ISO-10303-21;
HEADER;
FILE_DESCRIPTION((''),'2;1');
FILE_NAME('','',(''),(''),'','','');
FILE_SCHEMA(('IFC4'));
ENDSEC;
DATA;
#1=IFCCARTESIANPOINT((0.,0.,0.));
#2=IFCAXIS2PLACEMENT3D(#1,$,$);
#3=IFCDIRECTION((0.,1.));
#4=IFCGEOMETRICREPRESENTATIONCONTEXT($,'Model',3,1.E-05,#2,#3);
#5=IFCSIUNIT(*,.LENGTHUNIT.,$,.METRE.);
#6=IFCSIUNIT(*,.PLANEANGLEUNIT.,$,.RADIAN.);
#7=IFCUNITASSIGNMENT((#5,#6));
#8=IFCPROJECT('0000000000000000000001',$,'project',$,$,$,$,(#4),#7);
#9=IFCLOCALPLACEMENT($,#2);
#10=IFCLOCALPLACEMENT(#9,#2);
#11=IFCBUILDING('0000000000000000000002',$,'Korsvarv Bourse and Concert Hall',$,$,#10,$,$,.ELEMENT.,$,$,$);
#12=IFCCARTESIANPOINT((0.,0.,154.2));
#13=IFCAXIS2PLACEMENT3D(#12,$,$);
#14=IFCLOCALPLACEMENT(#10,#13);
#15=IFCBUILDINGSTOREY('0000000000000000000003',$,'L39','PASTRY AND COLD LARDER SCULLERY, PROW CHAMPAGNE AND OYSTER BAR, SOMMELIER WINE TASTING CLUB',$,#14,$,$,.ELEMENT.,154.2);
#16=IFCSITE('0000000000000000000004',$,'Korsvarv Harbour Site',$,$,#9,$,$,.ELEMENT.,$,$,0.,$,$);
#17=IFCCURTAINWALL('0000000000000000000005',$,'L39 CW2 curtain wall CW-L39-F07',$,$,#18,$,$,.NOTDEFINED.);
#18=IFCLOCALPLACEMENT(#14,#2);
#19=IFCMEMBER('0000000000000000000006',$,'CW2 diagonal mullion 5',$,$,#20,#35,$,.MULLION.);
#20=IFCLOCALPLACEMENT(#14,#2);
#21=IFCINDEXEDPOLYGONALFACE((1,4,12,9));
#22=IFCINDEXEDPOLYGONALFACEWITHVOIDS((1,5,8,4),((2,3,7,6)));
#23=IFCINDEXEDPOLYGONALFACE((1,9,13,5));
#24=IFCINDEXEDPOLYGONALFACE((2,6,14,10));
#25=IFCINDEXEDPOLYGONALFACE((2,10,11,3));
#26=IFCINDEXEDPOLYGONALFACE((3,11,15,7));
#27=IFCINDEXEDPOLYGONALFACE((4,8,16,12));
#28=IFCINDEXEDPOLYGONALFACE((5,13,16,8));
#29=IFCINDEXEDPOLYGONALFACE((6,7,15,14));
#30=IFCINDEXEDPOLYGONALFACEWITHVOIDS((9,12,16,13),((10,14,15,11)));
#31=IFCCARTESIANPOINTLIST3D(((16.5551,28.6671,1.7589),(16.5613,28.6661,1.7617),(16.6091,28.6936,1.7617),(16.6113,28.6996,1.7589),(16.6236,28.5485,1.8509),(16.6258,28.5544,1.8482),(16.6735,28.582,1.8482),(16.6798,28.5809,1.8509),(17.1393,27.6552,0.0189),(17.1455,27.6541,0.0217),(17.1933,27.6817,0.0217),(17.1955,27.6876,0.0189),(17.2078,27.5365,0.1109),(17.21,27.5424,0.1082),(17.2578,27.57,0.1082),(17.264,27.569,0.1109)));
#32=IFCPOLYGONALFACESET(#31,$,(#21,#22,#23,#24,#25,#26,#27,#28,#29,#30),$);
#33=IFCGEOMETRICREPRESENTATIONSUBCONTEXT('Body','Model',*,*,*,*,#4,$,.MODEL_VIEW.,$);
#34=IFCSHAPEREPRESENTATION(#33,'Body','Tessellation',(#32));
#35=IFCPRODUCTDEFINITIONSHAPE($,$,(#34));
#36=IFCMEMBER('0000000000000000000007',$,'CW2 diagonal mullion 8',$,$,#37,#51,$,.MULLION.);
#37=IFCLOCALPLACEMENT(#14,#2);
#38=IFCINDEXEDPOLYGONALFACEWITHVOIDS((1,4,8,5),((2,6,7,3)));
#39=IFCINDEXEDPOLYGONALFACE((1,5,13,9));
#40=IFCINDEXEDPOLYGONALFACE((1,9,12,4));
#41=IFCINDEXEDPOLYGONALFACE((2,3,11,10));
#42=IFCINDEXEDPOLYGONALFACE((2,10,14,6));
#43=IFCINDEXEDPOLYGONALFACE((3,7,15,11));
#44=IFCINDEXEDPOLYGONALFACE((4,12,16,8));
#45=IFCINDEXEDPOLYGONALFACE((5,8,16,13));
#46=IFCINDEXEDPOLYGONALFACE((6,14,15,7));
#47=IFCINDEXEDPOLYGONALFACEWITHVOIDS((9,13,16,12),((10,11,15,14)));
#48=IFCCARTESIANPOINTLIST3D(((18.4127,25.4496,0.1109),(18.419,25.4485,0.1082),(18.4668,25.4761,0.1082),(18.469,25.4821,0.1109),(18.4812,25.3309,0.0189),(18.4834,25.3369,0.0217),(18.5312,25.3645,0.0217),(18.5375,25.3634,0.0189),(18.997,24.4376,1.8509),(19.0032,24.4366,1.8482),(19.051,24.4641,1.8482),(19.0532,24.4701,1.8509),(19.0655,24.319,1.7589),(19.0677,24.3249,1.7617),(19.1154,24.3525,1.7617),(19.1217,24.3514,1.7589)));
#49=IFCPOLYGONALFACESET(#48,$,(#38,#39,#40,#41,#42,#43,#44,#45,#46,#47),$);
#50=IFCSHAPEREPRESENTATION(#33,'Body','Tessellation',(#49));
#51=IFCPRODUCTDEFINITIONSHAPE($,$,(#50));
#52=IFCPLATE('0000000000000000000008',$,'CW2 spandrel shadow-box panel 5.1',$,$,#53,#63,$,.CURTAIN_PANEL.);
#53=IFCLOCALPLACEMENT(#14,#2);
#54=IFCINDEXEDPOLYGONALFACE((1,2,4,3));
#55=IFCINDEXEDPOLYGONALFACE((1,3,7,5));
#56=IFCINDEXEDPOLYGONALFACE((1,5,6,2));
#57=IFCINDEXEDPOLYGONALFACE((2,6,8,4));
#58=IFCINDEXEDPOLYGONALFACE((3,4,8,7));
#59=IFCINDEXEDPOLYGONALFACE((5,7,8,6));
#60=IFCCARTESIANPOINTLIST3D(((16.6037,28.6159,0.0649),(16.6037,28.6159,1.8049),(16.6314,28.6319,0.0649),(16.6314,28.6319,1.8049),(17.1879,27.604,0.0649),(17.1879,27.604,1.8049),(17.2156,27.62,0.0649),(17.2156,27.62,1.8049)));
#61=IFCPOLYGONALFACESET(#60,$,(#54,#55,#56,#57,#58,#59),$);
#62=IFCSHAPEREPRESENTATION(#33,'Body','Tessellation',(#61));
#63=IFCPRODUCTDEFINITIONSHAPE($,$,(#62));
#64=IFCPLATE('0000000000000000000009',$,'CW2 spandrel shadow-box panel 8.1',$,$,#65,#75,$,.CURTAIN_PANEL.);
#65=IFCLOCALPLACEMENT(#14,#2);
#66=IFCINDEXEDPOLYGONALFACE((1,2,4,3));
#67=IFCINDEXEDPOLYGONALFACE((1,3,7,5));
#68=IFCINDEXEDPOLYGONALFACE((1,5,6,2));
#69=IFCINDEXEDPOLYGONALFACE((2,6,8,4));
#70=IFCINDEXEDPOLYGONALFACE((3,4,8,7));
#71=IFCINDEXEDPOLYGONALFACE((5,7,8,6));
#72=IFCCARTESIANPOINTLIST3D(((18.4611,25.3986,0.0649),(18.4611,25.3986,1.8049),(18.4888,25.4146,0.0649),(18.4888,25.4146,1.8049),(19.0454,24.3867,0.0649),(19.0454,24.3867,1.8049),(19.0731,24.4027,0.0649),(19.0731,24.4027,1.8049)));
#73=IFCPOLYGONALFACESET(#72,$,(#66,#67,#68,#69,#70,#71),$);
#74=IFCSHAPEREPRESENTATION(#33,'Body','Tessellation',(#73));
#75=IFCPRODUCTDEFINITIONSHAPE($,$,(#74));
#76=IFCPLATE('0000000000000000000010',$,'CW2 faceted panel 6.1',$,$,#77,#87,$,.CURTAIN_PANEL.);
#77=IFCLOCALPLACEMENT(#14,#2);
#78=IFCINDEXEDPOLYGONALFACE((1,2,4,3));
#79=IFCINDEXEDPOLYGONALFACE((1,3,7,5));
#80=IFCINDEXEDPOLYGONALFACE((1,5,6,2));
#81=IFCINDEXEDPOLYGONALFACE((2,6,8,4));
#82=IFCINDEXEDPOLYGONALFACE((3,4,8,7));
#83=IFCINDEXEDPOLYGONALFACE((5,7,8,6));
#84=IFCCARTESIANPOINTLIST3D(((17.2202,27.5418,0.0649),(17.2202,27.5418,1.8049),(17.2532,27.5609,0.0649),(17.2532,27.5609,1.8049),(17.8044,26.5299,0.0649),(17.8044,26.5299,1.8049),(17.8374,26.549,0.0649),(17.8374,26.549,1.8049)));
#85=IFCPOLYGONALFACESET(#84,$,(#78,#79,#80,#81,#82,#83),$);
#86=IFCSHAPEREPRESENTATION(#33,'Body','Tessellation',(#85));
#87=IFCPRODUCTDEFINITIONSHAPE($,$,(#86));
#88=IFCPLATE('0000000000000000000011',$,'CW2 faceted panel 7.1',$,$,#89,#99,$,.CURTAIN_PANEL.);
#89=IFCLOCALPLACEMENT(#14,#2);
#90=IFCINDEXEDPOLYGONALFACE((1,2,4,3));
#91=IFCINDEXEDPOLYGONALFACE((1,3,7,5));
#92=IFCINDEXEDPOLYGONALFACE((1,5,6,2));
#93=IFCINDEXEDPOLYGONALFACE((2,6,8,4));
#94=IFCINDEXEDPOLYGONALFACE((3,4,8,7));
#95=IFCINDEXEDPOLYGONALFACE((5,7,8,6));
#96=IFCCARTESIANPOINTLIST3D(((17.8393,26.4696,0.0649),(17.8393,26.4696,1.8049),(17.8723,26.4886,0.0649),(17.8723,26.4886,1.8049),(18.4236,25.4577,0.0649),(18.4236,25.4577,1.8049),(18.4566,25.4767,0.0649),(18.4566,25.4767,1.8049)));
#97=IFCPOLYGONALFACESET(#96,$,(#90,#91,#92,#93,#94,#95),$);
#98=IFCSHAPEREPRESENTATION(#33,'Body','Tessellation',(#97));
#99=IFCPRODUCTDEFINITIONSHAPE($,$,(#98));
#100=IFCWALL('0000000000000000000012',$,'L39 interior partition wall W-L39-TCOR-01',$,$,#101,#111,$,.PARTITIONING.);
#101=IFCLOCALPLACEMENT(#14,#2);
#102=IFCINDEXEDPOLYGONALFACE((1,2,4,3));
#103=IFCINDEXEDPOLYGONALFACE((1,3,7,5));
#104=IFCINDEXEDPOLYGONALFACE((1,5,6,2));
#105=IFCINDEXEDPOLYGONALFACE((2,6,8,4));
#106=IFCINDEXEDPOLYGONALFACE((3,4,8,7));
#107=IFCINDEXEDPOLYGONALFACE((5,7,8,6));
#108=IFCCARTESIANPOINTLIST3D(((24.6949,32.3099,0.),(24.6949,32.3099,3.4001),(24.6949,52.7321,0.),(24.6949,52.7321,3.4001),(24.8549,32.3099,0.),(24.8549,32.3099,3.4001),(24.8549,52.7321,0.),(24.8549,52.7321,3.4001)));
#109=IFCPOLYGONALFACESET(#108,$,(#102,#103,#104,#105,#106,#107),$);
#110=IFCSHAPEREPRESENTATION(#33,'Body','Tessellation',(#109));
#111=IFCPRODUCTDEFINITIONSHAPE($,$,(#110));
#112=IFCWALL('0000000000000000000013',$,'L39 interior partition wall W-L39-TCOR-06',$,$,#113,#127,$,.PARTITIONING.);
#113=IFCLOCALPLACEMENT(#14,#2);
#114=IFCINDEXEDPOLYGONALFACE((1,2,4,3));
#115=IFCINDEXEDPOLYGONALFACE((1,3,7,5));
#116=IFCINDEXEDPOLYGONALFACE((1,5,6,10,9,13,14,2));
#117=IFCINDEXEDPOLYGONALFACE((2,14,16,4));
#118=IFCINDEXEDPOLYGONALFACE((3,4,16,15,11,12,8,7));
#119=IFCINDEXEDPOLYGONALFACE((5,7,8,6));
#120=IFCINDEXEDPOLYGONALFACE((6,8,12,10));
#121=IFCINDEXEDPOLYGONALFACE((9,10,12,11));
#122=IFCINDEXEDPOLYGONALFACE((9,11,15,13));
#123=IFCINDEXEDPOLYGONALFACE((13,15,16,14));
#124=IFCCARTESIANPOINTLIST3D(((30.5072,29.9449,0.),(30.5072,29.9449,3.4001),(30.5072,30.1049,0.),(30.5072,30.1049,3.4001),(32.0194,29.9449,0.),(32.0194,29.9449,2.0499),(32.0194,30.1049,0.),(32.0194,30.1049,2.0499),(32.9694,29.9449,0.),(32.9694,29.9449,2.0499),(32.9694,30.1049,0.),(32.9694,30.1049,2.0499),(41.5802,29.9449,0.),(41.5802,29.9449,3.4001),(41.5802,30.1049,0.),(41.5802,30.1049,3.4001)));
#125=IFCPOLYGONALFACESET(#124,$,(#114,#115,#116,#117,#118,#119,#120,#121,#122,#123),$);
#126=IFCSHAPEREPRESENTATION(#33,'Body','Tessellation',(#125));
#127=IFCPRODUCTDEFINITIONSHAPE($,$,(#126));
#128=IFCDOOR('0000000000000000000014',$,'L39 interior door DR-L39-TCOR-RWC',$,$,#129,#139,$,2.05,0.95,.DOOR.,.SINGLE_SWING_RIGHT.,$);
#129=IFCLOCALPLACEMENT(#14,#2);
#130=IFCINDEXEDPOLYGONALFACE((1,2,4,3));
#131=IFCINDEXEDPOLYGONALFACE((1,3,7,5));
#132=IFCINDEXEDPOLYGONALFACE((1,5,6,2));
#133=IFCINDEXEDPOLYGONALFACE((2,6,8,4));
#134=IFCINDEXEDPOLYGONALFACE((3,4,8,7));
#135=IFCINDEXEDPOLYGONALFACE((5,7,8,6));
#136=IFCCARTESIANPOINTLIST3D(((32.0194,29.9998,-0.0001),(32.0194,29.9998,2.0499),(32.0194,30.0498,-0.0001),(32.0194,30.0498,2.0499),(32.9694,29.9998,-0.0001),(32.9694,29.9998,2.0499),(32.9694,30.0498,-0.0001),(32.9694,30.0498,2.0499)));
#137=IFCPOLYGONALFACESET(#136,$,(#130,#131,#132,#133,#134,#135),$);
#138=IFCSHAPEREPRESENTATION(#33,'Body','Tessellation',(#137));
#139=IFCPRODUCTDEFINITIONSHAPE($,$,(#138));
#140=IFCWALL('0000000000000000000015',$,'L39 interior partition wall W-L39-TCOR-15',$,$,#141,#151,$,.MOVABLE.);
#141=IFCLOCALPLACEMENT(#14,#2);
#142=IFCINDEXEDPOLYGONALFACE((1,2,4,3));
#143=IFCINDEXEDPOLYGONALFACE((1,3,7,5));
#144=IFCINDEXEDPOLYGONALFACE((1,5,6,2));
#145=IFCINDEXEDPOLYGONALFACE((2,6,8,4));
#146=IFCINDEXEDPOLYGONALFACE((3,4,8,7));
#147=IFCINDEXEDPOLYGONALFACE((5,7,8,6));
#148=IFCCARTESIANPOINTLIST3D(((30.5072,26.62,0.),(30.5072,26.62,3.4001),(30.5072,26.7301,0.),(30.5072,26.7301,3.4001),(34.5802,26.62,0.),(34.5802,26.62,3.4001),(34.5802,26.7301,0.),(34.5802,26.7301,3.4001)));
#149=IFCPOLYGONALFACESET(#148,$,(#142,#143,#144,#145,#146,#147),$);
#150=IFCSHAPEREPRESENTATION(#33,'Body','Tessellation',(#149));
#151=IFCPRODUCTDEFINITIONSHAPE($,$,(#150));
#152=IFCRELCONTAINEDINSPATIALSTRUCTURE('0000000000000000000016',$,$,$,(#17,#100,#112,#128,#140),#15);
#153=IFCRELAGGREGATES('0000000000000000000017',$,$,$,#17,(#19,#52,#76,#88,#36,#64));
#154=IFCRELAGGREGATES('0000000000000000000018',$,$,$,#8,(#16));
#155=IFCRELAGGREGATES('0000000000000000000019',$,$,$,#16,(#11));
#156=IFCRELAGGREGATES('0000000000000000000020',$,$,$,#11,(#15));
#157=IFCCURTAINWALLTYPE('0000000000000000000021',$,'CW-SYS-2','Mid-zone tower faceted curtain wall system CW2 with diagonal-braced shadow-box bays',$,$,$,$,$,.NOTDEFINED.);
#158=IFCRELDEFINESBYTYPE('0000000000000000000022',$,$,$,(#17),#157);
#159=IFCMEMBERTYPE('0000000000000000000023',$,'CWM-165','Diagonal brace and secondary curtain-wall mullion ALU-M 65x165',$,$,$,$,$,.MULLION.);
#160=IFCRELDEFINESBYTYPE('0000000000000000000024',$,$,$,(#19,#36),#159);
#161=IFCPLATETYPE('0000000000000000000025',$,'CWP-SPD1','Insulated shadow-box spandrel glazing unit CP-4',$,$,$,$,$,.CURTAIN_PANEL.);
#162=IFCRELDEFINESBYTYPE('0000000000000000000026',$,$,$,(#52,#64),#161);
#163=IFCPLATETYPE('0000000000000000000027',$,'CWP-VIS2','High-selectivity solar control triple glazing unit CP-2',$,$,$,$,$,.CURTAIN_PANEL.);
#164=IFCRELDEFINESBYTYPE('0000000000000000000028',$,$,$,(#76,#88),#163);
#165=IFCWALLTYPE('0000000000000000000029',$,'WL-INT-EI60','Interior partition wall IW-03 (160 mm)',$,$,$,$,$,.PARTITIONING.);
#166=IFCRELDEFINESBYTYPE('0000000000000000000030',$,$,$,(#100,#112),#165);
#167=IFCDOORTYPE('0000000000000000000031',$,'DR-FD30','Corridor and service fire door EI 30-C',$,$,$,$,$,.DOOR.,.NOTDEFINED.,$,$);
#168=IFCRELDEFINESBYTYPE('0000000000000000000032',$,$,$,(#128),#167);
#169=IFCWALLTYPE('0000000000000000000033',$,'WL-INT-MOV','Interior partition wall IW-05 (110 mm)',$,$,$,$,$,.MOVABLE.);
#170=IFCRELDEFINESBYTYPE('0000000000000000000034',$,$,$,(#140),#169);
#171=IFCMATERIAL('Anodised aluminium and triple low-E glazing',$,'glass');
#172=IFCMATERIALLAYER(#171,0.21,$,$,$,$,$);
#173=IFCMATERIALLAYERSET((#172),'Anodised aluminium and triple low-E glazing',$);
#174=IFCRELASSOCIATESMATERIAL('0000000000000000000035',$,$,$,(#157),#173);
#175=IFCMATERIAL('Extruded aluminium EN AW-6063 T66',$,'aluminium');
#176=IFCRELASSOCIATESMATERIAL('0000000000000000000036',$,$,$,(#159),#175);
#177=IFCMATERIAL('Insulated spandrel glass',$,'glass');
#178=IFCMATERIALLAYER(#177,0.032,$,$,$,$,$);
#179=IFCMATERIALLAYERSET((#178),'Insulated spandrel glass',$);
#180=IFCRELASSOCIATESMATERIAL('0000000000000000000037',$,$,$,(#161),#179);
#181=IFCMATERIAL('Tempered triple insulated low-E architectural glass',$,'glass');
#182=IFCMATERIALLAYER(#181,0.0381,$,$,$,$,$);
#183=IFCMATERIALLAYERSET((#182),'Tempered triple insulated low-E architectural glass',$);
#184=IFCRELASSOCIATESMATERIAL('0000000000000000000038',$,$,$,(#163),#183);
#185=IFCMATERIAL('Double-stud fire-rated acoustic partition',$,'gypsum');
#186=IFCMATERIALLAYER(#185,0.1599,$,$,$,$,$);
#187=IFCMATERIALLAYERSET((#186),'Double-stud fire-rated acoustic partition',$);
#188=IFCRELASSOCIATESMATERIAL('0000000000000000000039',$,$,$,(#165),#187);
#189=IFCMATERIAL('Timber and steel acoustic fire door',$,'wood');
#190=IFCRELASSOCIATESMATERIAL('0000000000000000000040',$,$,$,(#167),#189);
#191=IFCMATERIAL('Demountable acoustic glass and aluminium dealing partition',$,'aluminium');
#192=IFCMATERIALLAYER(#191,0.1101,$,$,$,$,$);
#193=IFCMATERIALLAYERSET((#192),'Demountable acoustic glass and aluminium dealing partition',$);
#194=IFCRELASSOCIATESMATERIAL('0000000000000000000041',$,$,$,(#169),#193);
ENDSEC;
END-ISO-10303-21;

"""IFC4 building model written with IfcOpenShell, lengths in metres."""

from ifc_helpers import new_model, si_unit, direction, frame, frame_2d, origin, origin_2d, place, context, subcontext, project, spatial, rectangle, hollow_rectangle, extrude, source, transform, mapped, material, layer, layer_set, material_profile, profile_set, type_object, element, fill, aggregate, save


model = new_model("IFC4")

# Units and contexts
model_context = context("Model", 3, precision=1e-05, world=origin(), true_north=direction((0.0, 1.0)))
body_context = subcontext(model_context, "Body", "Model", "MODEL_VIEW")
ifc_project = project(units=[si_unit("LENGTHUNIT", "METRE"), si_unit("PLANEANGLEUNIT", "RADIAN")], contexts=[model_context])

# Site, building, storey
site_placement = place(None, origin())
site = spatial("IfcSite", under=ifc_project, at=site_placement, Name="Korsvarv Harbour Site", CompositionType="ELEMENT", RefElevation=0.0)
building_placement = place(site_placement, origin())
building = spatial("IfcBuilding", under=site, at=building_placement, Name="Korsvarv Bourse and Concert Hall", CompositionType="ELEMENT")
storey_placement = place(building_placement, frame((0.0, 0.0, 154.2)))
storey = spatial("IfcBuildingStorey", under=building, at=storey_placement, Name="L39", Description="PASTRY AND COLD LARDER SCULLERY, PROW CHAMPAGNE AND OYSTER BAR, SOMMELIER WINE TASTING CLUB", CompositionType="ELEMENT", Elevation=154.2)

# Curtain wall, members, plates
ifc_material_1 = material(Name="Anodised aluminium and triple low-E glazing", Category="glass")
ifc_layer_1 = layer(ifc_material_1, 0.21)
ifc_layer_set_1 = layer_set([ifc_layer_1], Name="Anodised aluminium and triple low-E glazing")
curtain_wall_type = type_object("IfcCurtainWallType", Name="CW-SYS-2", Description="Mid-zone tower faceted curtain wall system CW2 with diagonal-braced shadow-box bays", PredefinedType="NOTDEFINED", material=ifc_layer_set_1)
curtain_wall_placement = place(storey_placement, origin())
curtain_wall = element("IfcCurtainWall", 1, at=curtain_wall_placement, inside=storey, type_object=curtain_wall_type, Name="L39 CW2 curtain wall CW-L39-F07", PredefinedType="NOTDEFINED")
ifc_material_2 = material(Name="Extruded aluminium EN AW-6063 T66", Category="aluminium")
ifc_material_profile_1 = material_profile(ifc_material_2, hollow_rectangle(XDim=0.0649, YDim=0.165, WallThickness=0.0049, at=origin_2d()), Name="ALU-M 65x165")
ifc_profile_set_1 = profile_set([ifc_material_profile_1], Name="Extruded aluminium EN AW-6063 T66")
member_type_1 = type_object("IfcMemberType", Name="CWM-165", Description="Diagonal brace and secondary curtain-wall mullion ALU-M 65x165", PredefinedType="MULLION", material=ifc_profile_set_1)
shared_shape_1 = source(origin(), body_context, "Body", "SweptSolid", [
    extrude(hollow_rectangle(XDim=0.0649, YDim=0.165, WallThickness=0.0049, at=origin_2d()), origin(), (0.0, 0.0, 1.0), 2.0959),
])
member_1_placement = place(storey_placement, frame((17.2017, 27.6121, 0.0649), z_axis=(-0.278743, 0.482821, 0.830172), x_axis=(-0.866036, -0.499982, 0.0)))
member_1 = element("IfcMember", 2, at=member_1_placement, type_object=member_type_1, Name="CW2 diagonal mullion 5", PredefinedType="MULLION", context=body_context, shape_type="MappedRepresentation", body=[
    mapped(shared_shape_1, transform((0.0, 0.0, 0.0), scale=1.0)),
])
member_2_placement = place(storey_placement, frame((18.4751, 25.4065, 0.0649), z_axis=(0.278743, -0.482821, 0.830172), x_axis=(0.866036, 0.499982, 0.0)))
member_2 = element("IfcMember", 3, at=member_2_placement, type_object=member_type_1, Name="CW2 diagonal mullion 8", PredefinedType="MULLION", context=body_context, shape_type="MappedRepresentation", body=[
    mapped(shared_shape_1, transform((0.0, 0.0, 0.0), scale=1.0)),
])
ifc_material_3 = material(Name="Insulated spandrel glass", Category="glass")
ifc_layer_2 = layer(ifc_material_3, 0.032)
ifc_layer_set_2 = layer_set([ifc_layer_2], Name="Insulated spandrel glass")
plate_type_1 = type_object("IfcPlateType", Name="CWP-SPD1", Description="Insulated shadow-box spandrel glazing unit CP-4", PredefinedType="CURTAIN_PANEL", material=ifc_layer_set_2)
shared_shape_2 = source(origin(), body_context, "Body", "SweptSolid", [
    extrude(rectangle(XDim=1.1685, YDim=0.032, at=origin_2d()), origin(), (0.0, 0.0, 1.0), 1.74),
])
plate_1_placement = place(storey_placement, frame((16.9097, 28.1179, 0.0649), z_axis=(0.0, 0.0, 1.0), x_axis=(0.500006, -0.866022, 0.0)))
plate_1 = element("IfcPlate", 4, at=plate_1_placement, type_object=plate_type_1, Name="CW2 spandrel shadow-box panel 5.1", PredefinedType="CURTAIN_PANEL", context=body_context, shape_type="MappedRepresentation", body=[
    mapped(shared_shape_2, transform((0.0, 0.0, 0.0), scale=1.0)),
])
plate_2_placement = place(storey_placement, frame((18.7671, 24.9006, 0.0649), z_axis=(0.0, 0.0, 1.0), x_axis=(0.500006, -0.866022, 0.0)))
plate_2 = element("IfcPlate", 5, at=plate_2_placement, type_object=plate_type_1, Name="CW2 spandrel shadow-box panel 8.1", PredefinedType="CURTAIN_PANEL", context=body_context, shape_type="MappedRepresentation", body=[
    mapped(shared_shape_2, transform((0.0, 0.0, 0.0), scale=1.0)),
])
ifc_material_4 = material(Name="Tempered triple insulated low-E architectural glass", Category="glass")
ifc_layer_3 = layer(ifc_material_4, 0.0381)
ifc_layer_set_3 = layer_set([ifc_layer_3], Name="Tempered triple insulated low-E architectural glass")
plate_type_2 = type_object("IfcPlateType", Name="CWP-VIS2", Description="High-selectivity solar control triple glazing unit CP-2", PredefinedType="CURTAIN_PANEL", material=ifc_layer_set_3)
shared_shape_3 = source(origin(), body_context, "Body", "SweptSolid", [
    extrude(rectangle(XDim=1.1685, YDim=0.0381, at=origin_2d()), origin(), (0.0, 0.0, 1.0), 1.74),
])
plate_3_placement = place(storey_placement, frame((17.5288, 27.0454, 0.0649), z_axis=(0.0, 0.0, 1.0), x_axis=(0.500006, -0.866022, 0.0)))
plate_3 = element("IfcPlate", 6, at=plate_3_placement, type_object=plate_type_2, Name="CW2 faceted panel 6.1", PredefinedType="CURTAIN_PANEL", context=body_context, shape_type="MappedRepresentation", body=[
    mapped(shared_shape_3, transform((0.0, 0.0, 0.0), scale=1.0)),
])
plate_4_placement = place(storey_placement, frame((18.1479, 25.9731, 0.0649), z_axis=(0.0, 0.0, 1.0), x_axis=(0.500006, -0.866022, 0.0)))
plate_4 = element("IfcPlate", 7, at=plate_4_placement, type_object=plate_type_2, Name="CW2 faceted panel 7.1", PredefinedType="CURTAIN_PANEL", context=body_context, shape_type="MappedRepresentation", body=[
    mapped(shared_shape_3, transform((0.0, 0.0, 0.0), scale=1.0)),
])
aggregate(curtain_wall, [member_1, plate_1, plate_3, plate_4, member_2, plate_2])

# Wall
ifc_material_5 = material(Name="Double-stud fire-rated acoustic partition", Category="gypsum")
ifc_layer_4 = layer(ifc_material_5, 0.1599)
ifc_layer_set_4 = layer_set([ifc_layer_4], Name="Double-stud fire-rated acoustic partition")
wall_type_1 = type_object("IfcWallType", Name="WL-INT-EI60", Description="Interior partition wall IW-03 (160 mm)", PredefinedType="PARTITIONING", material=ifc_layer_set_4)
wall_1_placement = place(storey_placement, frame((24.7749, 32.3101, 0.0), z_axis=(0.0, 0.0, 1.0), x_axis=(0.0, 1.0, 0.0)))
element("IfcWall", 8, at=wall_1_placement, inside=storey, type_object=wall_type_1, Name="L39 interior partition wall W-L39-TCOR-01", PredefinedType="PARTITIONING", context=body_context, shape_type="SweptSolid", body=[
    extrude(rectangle(XDim=20.4221, YDim=0.1599, at=frame_2d((10.2109, 0.0))), origin(), (0.0, 0.0, 1.0), 3.4001),
])

# Wall, opening, door
wall_2_placement = place(storey_placement, frame((30.5071, 30.0249, 0.0), z_axis=(0.0, 0.0, 1.0), x_axis=(1.0, 0.0, 0.0)))
wall_2 = element("IfcWall", 9, at=wall_2_placement, inside=storey, type_object=wall_type_1, Name="L39 interior partition wall W-L39-TCOR-06", PredefinedType="PARTITIONING", context=body_context, shape_type="SweptSolid", body=[
    extrude(rectangle(XDim=11.073, YDim=0.1599, at=frame_2d((5.5366, 0.0))), origin(), (0.0, 0.0, 1.0), 3.4001),
])
opening_placement = place(wall_2_placement, frame((1.5122, 0.0, 0.0)))
opening = element("IfcOpeningElement", 10, at=opening_placement, cuts=wall_2, PredefinedType="OPENING", context=body_context, shape_type="SweptSolid", body=[
    extrude(rectangle(XDim=0.95, YDim=2.05, at=frame_2d((0.4751, 1.0249))), frame((0.0, 0.0898, 0.0), z_axis=(0.0, -1.0, 0.0), x_axis=(1.0, 0.0, 0.0)), (0.0, 0.0, 1.0), 0.1799),
])
ifc_material_6 = material(Name="Timber and steel acoustic fire door", Category="wood")
door_type = type_object("IfcDoorType", Name="DR-FD30", Description="Corridor and service fire door EI 30-C", OperationType="NOTDEFINED", PredefinedType="DOOR", material=ifc_material_6)
door_placement = place(opening_placement, origin())
door = element("IfcDoor", 11, at=door_placement, inside=storey, type_object=door_type, Name="L39 interior door DR-L39-TCOR-RWC", OperationType="SINGLE_SWING_RIGHT", OverallHeight=2.05, OverallWidth=0.95, PredefinedType="DOOR", context=body_context, shape_type="SweptSolid", body=[
    extrude(rectangle(XDim=0.95, YDim=2.05, at=frame_2d((0.4751, 1.0249))), frame((0.0, 0.0249, 0.0), z_axis=(0.0, -1.0, 0.0), x_axis=(1.0, 0.0, 0.0)), (0.0, 0.0, 1.0), 0.05),
])
fill(opening, door)

# Wall
ifc_material_7 = material(Name="Demountable acoustic glass and aluminium dealing partition", Category="aluminium")
ifc_layer_5 = layer(ifc_material_7, 0.1101)
ifc_layer_set_5 = layer_set([ifc_layer_5], Name="Demountable acoustic glass and aluminium dealing partition")
wall_type_2 = type_object("IfcWallType", Name="WL-INT-MOV", Description="Interior partition wall IW-05 (110 mm)", PredefinedType="MOVABLE", material=ifc_layer_set_5)
wall_3_placement = place(storey_placement, frame((30.5071, 26.675, 0.0), z_axis=(0.0, 0.0, 1.0), x_axis=(1.0, 0.0, 0.0)))
element("IfcWall", 12, at=wall_3_placement, inside=storey, type_object=wall_type_2, Name="L39 interior partition wall W-L39-TCOR-15", PredefinedType="MOVABLE", context=body_context, shape_type="SweptSolid", body=[
    extrude(rectangle(XDim=4.073, YDim=0.1101, at=frame_2d((2.0366, 0.0))), origin(), (0.0, 0.0, 1.0), 3.4001),
])

save(model, "model.ifc")
